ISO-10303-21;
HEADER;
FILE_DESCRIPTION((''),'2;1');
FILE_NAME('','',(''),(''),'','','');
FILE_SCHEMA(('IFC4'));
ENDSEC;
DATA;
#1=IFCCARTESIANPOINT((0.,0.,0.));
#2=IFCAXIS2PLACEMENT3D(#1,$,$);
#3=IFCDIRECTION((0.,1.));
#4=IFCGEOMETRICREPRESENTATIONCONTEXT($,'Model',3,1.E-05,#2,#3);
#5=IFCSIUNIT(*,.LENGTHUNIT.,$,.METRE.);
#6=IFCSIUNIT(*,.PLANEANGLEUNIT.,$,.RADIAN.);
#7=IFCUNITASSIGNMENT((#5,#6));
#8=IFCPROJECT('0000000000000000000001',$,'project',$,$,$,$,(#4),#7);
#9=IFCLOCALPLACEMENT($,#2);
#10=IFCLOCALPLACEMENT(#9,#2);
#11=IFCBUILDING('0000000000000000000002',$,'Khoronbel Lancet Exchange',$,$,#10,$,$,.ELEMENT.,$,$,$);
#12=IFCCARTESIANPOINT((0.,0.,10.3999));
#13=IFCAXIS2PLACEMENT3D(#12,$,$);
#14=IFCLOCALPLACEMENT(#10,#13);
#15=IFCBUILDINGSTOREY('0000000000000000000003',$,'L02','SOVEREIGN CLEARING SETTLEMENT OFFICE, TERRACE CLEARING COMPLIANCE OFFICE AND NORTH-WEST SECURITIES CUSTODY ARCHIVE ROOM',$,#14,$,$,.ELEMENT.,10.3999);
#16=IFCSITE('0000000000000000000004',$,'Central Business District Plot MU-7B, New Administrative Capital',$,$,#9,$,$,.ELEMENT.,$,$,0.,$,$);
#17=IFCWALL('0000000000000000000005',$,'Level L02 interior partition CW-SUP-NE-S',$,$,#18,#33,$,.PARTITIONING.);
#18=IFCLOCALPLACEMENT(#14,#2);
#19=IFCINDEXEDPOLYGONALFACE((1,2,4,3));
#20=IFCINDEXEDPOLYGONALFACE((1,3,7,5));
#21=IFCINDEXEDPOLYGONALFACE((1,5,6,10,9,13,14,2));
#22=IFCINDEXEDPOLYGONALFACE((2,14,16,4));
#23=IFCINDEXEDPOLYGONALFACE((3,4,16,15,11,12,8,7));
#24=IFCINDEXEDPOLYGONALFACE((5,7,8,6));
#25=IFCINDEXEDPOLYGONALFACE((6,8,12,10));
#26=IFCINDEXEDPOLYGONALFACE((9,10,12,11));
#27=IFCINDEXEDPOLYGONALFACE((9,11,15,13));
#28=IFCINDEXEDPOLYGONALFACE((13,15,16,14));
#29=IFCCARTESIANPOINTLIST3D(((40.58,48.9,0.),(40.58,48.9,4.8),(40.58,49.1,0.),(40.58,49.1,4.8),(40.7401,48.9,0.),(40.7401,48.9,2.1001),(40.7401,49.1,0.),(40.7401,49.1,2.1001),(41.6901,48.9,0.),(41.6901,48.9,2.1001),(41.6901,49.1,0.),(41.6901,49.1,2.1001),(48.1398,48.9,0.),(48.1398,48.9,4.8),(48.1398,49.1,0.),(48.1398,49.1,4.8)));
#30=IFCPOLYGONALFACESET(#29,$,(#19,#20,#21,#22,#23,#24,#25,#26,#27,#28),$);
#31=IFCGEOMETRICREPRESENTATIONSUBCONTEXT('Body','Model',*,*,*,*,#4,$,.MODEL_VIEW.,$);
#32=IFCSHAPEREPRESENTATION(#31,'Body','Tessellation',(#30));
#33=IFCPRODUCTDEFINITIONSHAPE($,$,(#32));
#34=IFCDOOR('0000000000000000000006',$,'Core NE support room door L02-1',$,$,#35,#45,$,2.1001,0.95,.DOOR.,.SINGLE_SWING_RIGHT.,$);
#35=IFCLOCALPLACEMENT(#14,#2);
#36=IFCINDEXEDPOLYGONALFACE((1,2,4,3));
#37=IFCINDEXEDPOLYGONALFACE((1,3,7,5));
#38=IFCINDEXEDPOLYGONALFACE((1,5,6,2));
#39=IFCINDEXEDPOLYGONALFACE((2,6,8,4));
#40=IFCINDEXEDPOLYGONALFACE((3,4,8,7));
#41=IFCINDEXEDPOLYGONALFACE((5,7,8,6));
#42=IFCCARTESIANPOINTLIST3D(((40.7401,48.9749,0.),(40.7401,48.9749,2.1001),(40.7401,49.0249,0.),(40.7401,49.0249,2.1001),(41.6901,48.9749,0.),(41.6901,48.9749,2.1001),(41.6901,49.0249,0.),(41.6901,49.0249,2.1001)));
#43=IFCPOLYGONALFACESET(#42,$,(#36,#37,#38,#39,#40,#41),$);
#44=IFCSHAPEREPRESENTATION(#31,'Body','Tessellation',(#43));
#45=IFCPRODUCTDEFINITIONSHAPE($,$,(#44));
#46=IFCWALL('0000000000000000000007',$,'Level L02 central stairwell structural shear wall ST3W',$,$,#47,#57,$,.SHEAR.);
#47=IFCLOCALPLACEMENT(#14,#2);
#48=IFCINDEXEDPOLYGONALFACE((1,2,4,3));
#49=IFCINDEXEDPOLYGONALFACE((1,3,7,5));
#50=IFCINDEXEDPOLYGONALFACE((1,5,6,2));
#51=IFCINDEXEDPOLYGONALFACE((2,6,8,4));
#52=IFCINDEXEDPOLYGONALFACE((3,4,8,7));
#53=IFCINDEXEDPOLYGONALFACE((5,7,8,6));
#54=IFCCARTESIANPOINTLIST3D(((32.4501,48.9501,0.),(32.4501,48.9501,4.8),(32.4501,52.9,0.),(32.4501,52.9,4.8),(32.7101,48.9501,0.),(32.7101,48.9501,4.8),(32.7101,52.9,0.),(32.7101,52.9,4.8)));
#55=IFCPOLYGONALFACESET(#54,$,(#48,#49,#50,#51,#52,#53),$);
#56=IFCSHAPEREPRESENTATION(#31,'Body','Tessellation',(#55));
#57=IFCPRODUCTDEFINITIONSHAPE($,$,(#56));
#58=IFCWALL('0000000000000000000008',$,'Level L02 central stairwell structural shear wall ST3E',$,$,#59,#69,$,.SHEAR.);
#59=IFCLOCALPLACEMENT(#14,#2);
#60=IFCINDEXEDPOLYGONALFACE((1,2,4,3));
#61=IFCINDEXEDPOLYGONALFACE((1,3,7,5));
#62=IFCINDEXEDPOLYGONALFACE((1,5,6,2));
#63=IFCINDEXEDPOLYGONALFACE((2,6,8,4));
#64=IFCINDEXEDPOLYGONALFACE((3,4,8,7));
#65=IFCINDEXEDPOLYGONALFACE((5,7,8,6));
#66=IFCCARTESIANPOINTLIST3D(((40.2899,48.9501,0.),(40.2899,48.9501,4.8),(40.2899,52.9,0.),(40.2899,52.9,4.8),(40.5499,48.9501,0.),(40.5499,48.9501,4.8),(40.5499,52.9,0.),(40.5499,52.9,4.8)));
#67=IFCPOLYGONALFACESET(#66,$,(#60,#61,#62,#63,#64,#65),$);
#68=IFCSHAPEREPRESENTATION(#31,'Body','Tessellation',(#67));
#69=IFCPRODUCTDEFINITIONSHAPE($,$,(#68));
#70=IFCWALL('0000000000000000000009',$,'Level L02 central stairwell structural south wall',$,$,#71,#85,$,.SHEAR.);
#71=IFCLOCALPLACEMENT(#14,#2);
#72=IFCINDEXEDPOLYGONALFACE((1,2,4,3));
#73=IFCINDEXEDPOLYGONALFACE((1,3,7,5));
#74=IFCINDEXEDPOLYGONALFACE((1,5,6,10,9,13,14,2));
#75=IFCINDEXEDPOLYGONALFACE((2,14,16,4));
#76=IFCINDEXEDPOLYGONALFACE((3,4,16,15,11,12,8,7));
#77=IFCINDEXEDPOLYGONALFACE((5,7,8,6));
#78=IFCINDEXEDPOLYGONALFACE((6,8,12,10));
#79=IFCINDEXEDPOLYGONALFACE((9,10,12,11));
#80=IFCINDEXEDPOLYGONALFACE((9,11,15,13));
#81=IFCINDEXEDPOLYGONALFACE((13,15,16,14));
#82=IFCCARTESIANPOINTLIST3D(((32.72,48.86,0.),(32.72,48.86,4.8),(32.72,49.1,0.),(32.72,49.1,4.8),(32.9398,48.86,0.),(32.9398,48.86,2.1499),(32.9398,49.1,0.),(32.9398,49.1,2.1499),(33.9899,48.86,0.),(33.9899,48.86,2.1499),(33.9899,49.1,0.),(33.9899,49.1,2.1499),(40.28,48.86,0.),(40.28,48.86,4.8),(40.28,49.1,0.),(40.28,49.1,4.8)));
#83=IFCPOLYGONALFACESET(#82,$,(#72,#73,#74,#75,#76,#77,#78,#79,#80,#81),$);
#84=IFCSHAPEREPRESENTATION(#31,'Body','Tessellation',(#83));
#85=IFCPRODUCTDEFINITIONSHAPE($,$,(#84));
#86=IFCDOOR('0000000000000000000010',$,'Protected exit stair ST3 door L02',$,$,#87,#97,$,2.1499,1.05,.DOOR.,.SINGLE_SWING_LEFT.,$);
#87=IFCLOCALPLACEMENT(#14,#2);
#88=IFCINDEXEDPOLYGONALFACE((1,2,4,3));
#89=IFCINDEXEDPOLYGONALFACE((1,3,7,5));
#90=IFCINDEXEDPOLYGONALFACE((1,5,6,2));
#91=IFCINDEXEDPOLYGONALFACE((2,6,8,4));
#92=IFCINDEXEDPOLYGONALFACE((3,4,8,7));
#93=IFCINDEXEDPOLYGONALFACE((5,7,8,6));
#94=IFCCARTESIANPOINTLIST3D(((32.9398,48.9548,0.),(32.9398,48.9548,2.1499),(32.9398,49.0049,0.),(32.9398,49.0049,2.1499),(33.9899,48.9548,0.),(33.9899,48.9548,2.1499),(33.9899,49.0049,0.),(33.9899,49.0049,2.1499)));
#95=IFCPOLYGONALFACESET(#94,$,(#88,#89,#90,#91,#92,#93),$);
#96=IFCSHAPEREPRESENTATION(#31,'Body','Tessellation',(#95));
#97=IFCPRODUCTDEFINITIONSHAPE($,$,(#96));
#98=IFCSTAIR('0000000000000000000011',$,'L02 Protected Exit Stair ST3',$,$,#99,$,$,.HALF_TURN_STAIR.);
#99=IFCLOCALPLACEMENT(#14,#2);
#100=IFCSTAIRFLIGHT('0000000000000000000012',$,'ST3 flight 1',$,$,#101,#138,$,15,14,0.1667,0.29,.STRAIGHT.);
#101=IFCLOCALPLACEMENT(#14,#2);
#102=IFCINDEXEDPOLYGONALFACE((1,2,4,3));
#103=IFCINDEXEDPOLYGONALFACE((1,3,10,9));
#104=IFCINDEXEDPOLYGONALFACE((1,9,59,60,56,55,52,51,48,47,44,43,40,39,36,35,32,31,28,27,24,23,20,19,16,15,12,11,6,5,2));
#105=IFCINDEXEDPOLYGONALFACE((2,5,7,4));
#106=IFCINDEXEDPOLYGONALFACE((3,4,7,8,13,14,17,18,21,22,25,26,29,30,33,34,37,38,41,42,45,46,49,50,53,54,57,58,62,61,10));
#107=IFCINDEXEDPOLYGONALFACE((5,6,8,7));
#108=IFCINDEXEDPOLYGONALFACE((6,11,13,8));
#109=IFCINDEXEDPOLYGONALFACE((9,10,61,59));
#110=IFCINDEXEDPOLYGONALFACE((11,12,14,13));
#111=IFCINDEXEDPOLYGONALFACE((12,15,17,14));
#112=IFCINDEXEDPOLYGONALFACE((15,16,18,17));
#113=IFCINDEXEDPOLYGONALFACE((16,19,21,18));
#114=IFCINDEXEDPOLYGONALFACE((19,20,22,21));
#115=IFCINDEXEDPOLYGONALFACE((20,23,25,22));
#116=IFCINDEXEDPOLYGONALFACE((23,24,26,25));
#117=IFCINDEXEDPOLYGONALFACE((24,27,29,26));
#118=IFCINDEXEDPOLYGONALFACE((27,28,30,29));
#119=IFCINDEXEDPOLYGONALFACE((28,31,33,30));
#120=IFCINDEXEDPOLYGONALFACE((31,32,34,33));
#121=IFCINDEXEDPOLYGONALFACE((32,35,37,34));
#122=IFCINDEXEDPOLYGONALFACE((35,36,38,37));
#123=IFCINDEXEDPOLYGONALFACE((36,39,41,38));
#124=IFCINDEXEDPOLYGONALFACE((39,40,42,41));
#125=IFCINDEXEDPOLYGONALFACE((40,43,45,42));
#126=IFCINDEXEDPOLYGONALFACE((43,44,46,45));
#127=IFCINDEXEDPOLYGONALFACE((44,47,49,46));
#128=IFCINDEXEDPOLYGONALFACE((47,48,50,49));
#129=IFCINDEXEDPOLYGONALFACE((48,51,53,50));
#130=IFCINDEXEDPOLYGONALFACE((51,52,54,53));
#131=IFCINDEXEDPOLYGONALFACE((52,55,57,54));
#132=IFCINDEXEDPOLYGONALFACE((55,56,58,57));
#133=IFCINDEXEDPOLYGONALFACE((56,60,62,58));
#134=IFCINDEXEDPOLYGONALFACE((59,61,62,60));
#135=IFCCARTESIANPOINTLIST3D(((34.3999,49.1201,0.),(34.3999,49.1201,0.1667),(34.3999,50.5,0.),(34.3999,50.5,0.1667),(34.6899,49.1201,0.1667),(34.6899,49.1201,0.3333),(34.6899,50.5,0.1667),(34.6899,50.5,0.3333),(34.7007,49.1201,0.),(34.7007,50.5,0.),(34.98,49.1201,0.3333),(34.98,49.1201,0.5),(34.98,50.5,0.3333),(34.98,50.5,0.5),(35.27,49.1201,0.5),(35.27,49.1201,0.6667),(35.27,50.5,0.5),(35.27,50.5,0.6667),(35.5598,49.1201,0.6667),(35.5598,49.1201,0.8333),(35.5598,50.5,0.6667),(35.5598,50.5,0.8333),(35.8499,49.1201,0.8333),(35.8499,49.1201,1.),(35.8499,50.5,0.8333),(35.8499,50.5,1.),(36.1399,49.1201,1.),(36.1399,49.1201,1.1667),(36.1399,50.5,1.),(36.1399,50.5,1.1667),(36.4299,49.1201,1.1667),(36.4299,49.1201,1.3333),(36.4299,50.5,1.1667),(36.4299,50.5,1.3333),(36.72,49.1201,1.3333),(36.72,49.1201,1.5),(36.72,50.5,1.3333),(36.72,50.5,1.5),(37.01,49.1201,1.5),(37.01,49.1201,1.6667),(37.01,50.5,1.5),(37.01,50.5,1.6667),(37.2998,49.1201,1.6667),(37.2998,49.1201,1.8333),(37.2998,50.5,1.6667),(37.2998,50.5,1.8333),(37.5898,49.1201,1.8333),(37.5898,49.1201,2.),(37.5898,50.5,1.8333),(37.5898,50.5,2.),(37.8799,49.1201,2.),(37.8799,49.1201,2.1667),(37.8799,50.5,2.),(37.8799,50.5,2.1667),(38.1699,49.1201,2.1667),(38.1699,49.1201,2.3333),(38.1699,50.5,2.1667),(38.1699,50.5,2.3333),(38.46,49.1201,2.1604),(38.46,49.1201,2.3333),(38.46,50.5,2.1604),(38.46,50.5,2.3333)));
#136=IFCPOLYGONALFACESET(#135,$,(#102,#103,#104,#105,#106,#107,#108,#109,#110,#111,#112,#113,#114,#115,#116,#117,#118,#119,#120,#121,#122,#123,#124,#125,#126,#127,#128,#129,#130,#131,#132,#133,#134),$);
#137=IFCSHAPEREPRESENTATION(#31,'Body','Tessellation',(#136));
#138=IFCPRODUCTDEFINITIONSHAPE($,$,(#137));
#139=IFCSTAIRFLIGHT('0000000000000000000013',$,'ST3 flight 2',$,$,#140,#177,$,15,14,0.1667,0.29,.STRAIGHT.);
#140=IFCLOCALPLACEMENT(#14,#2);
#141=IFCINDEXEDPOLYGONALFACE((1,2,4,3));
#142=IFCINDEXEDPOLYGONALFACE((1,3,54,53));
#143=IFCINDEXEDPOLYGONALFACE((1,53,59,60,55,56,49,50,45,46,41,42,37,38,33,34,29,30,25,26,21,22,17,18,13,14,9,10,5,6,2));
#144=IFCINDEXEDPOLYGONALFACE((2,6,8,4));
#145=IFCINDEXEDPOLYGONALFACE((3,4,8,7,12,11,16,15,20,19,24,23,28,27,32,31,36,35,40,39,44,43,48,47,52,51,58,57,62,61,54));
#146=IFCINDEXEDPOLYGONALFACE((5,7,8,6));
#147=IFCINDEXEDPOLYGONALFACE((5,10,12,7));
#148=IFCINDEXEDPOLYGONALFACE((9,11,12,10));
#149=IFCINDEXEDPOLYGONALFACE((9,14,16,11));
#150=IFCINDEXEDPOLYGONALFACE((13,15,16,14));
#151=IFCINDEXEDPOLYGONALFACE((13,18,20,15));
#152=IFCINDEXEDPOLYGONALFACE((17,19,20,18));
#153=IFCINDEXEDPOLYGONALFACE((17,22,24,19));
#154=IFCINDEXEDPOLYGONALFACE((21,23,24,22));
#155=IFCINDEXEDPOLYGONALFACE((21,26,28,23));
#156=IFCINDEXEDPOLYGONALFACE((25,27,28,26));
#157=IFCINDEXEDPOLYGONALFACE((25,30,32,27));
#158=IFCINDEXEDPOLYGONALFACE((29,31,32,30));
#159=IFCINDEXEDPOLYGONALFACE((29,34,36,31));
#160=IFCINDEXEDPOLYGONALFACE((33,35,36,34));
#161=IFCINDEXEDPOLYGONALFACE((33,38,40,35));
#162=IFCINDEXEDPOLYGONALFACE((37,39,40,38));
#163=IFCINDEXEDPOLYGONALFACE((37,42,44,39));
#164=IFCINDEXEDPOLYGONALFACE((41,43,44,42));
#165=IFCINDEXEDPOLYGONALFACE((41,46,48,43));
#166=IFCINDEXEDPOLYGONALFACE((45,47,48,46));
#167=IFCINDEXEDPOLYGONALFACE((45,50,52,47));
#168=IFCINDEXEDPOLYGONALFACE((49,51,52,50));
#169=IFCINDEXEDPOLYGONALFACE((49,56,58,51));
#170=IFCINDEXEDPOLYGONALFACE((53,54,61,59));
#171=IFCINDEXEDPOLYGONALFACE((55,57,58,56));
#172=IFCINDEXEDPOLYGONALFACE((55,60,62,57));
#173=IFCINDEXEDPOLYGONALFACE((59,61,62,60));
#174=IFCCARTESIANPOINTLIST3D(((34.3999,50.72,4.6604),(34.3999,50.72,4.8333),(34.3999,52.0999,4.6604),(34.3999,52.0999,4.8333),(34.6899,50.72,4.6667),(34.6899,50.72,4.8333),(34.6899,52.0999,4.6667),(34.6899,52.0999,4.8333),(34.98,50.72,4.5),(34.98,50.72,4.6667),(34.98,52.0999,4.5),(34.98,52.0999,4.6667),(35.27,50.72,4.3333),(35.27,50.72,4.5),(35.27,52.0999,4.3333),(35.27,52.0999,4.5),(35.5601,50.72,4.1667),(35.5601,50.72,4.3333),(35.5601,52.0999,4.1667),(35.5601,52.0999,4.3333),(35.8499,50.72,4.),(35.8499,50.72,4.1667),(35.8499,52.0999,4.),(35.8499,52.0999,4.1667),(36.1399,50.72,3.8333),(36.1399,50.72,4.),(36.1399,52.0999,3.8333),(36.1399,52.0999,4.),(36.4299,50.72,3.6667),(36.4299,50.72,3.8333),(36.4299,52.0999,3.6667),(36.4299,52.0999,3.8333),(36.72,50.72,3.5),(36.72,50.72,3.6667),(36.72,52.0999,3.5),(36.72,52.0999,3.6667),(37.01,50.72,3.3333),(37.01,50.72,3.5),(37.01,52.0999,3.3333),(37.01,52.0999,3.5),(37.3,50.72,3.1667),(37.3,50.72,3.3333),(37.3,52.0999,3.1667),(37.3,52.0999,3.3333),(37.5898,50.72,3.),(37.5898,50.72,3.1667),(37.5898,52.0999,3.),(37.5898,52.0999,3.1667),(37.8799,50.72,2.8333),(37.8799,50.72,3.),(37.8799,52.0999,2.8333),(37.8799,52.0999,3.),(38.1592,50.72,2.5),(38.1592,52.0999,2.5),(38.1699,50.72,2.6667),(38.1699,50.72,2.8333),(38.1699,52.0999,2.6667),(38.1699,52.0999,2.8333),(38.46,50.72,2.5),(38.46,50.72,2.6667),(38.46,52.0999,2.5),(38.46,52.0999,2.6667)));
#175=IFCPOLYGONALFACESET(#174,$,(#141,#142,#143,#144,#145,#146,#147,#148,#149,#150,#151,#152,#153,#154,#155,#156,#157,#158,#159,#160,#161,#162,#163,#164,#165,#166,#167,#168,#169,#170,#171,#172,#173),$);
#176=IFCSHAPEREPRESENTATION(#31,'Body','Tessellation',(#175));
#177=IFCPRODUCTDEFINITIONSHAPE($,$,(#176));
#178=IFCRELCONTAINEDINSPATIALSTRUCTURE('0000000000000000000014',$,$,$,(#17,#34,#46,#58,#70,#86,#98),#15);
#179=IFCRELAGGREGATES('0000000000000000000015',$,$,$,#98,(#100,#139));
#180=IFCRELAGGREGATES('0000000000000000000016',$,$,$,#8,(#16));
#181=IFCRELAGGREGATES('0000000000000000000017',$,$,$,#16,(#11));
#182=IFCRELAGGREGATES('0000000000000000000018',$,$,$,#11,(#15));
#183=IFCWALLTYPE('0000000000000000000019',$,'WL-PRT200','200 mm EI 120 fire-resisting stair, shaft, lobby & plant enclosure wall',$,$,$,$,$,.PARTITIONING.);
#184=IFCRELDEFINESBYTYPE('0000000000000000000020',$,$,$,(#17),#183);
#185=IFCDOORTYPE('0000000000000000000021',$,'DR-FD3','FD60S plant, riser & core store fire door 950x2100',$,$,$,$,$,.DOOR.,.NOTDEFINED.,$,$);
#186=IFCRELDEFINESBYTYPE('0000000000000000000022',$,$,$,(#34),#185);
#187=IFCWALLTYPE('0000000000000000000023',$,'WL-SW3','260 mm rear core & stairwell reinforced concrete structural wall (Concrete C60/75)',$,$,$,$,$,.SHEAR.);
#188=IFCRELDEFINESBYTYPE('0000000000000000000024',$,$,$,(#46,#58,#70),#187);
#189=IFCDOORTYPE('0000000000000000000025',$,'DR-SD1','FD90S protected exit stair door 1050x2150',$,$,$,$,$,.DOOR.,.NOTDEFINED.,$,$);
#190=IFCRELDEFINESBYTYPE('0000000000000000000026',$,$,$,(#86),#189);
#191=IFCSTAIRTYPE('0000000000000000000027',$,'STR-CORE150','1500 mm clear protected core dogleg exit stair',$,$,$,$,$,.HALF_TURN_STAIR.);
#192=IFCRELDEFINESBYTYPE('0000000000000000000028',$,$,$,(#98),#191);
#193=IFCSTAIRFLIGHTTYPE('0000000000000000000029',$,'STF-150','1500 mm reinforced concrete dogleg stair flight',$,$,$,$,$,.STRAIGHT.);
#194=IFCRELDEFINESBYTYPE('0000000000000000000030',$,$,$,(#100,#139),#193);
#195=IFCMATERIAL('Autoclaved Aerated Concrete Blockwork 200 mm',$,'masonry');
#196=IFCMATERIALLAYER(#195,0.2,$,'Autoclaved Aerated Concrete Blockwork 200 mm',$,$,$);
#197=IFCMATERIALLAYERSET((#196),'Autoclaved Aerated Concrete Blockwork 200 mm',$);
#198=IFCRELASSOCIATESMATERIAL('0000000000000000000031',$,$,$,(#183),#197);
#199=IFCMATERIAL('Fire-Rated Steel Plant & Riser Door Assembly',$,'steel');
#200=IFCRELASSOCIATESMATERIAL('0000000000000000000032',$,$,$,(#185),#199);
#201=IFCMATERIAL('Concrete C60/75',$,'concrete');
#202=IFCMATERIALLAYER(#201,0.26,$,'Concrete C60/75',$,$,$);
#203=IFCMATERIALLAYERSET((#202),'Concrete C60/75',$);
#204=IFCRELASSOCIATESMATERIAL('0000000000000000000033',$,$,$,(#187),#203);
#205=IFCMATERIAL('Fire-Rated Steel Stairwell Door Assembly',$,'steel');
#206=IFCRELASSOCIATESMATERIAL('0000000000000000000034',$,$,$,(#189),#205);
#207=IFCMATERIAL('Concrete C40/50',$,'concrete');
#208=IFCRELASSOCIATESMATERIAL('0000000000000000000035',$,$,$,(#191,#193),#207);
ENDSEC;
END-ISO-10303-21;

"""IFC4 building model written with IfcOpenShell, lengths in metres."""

from ifc_helpers import new_model, si_unit, direction, frame, frame_2d, origin, place, context, subcontext, project, spatial, polyline, rectangle, outline, extrude, material, layer, layer_set, type_object, element, fill, aggregate, save


model = new_model("IFC4")

# Units and contexts
model_context = context("Model", 3, precision=1e-05, world=origin(), true_north=direction((0.0, 1.0)))
body_context = subcontext(model_context, "Body", "Model", "MODEL_VIEW")
ifc_project = project(units=[si_unit("LENGTHUNIT", "METRE"), si_unit("PLANEANGLEUNIT", "RADIAN")], contexts=[model_context])

# Site, building, storey
site_placement = place(None, origin())
site = spatial("IfcSite", under=ifc_project, at=site_placement, Name="Central Business District Plot MU-7B, New Administrative Capital", CompositionType="ELEMENT", RefElevation=0.0)
building_placement = place(site_placement, origin())
building = spatial("IfcBuilding", under=site, at=building_placement, Name="Khoronbel Lancet Exchange", CompositionType="ELEMENT")
storey_placement = place(building_placement, frame((0.0, 0.0, 10.3999)))
storey = spatial("IfcBuildingStorey", under=building, at=storey_placement, Name="L02", Description="SOVEREIGN CLEARING SETTLEMENT OFFICE, TERRACE CLEARING COMPLIANCE OFFICE AND NORTH-WEST SECURITIES CUSTODY ARCHIVE ROOM", CompositionType="ELEMENT", Elevation=10.3999)

# Shared definitions
ifc_material_1 = material(Name="Autoclaved Aerated Concrete Blockwork 200 mm", Category="masonry")
ifc_layer_1 = layer(ifc_material_1, 0.2, Name="Autoclaved Aerated Concrete Blockwork 200 mm")
ifc_layer_set_1 = layer_set([ifc_layer_1], Name="Autoclaved Aerated Concrete Blockwork 200 mm")
wall_type_1 = type_object("IfcWallType", Name="WL-PRT200", Description="200 mm EI 120 fire-resisting stair, shaft, lobby & plant enclosure wall", PredefinedType="PARTITIONING", material=ifc_layer_set_1)

# Wall, opening, door
wall_1_placement = place(storey_placement, frame((40.5801, 49.0, 0.0), z_axis=(0.0, 0.0, 1.0), x_axis=(1.0, 0.0, 0.0)))
wall_1 = element("IfcWall", 1, at=wall_1_placement, inside=storey, type_object=wall_type_1, Name="Level L02 interior partition CW-SUP-NE-S", PredefinedType="PARTITIONING", context=body_context, shape_type="SweptSolid", body=[
    extrude(rectangle(XDim=7.5598, YDim=0.2, at=frame_2d((3.7798, 0.0))), origin(), (0.0, 0.0, 1.0), 4.8),
])
opening_1_placement = place(wall_1_placement, frame((0.1599, 0.0, 0.0)))
opening_1 = element("IfcOpeningElement", 2, at=opening_1_placement, cuts=wall_1, PredefinedType="OPENING", context=body_context, shape_type="SweptSolid", body=[
    extrude(rectangle(XDim=0.95, YDim=2.1001, at=frame_2d((0.4751, 1.05))), frame((0.0, 0.1099, 0.0), z_axis=(0.0, -1.0, 0.0), x_axis=(1.0, 0.0, 0.0)), (0.0, 0.0, 1.0), 0.22),
])
ifc_material_2 = material(Name="Fire-Rated Steel Plant & Riser Door Assembly", Category="steel")
door_type_1 = type_object("IfcDoorType", Name="DR-FD3", Description="FD60S plant, riser & core store fire door 950x2100", OperationType="NOTDEFINED", PredefinedType="DOOR", material=ifc_material_2)
door_1_placement = place(opening_1_placement, origin())
door_1 = element("IfcDoor", 3, at=door_1_placement, inside=storey, type_object=door_type_1, Name="Core NE support room door L02-1", OperationType="SINGLE_SWING_RIGHT", OverallHeight=2.1001, OverallWidth=0.95, PredefinedType="DOOR", context=body_context, shape_type="SweptSolid", body=[
    extrude(rectangle(XDim=0.95, YDim=2.1001, at=frame_2d((0.4751, 1.05))), frame((0.0, 0.0249, 0.0), z_axis=(0.0, -1.0, 0.0), x_axis=(1.0, 0.0, 0.0)), (0.0, 0.0, 1.0), 0.05),
])
fill(opening_1, door_1)

# Walls
ifc_material_3 = material(Name="Concrete C60/75", Category="concrete")
ifc_layer_2 = layer(ifc_material_3, 0.26, Name="Concrete C60/75")
ifc_layer_set_2 = layer_set([ifc_layer_2], Name="Concrete C60/75")
wall_type_2 = type_object("IfcWallType", Name="WL-SW3", Description="260 mm rear core & stairwell reinforced concrete structural wall (Concrete C60/75)", PredefinedType="SHEAR", material=ifc_layer_set_2)
for number, where, z_axis, x_axis, name in (
    (4, (32.5801, 48.95, 0.0), (0.0, 0.0, 1.0), (0.0, 1.0, 0.0), "Level L02 central stairwell structural shear wall ST3W"),
    (5, (40.4199, 48.95, 0.0), (0.0, 0.0, 1.0), (0.0, 1.0, 0.0), "Level L02 central stairwell structural shear wall ST3E"),
):
    element("IfcWall", number, at=place(storey_placement, frame(where, z_axis=z_axis, x_axis=x_axis)), inside=storey, type_object=wall_type_2, Name=name, PredefinedType="SHEAR", context=body_context, shape_type="SweptSolid", body=[
        extrude(rectangle(XDim=3.95, YDim=0.26, at=frame_2d((1.9751, 0.0))), origin(), (0.0, 0.0, 1.0), 4.8),
    ])

# Wall, opening, door
wall_2_placement = place(storey_placement, frame((32.72, 48.98, 0.0), z_axis=(0.0, 0.0, 1.0), x_axis=(1.0, 0.0, 0.0)))
wall_2 = element("IfcWall", 6, at=wall_2_placement, inside=storey, type_object=wall_type_2, Name="Level L02 central stairwell structural south wall", PredefinedType="SHEAR", context=body_context, shape_type="SweptSolid", body=[
    extrude(rectangle(XDim=7.5601, YDim=0.24, at=frame_2d((3.78, 0.0))), origin(), (0.0, 0.0, 1.0), 4.8),
])
opening_2_placement = place(wall_2_placement, frame((0.22, 0.0, 0.0)))
opening_2 = element("IfcOpeningElement", 7, at=opening_2_placement, cuts=wall_2, PredefinedType="OPENING", context=body_context, shape_type="SweptSolid", body=[
    extrude(rectangle(XDim=1.05, YDim=2.1499, at=frame_2d((0.5249, 1.075))), frame((0.0, 0.1299, 0.0), z_axis=(0.0, -1.0, 0.0), x_axis=(1.0, 0.0, 0.0)), (0.0, 0.0, 1.0), 0.26),
])
ifc_material_4 = material(Name="Fire-Rated Steel Stairwell Door Assembly", Category="steel")
door_type_2 = type_object("IfcDoorType", Name="DR-SD1", Description="FD90S protected exit stair door 1050x2150", OperationType="NOTDEFINED", PredefinedType="DOOR", material=ifc_material_4)
door_2_placement = place(opening_2_placement, origin())
door_2 = element("IfcDoor", 8, at=door_2_placement, inside=storey, type_object=door_type_2, Name="Protected exit stair ST3 door L02", OperationType="SINGLE_SWING_LEFT", OverallHeight=2.1499, OverallWidth=1.05, PredefinedType="DOOR", context=body_context, shape_type="SweptSolid", body=[
    extrude(rectangle(XDim=1.05, YDim=2.1499, at=frame_2d((0.5249, 1.075))), frame((0.0, 0.0249, 0.0), z_axis=(0.0, -1.0, 0.0), x_axis=(1.0, 0.0, 0.0)), (0.0, 0.0, 1.0), 0.05),
])
fill(opening_2, door_2)

# Stair, stair flights
ifc_material_5 = material(Name="Concrete C40/50", Category="concrete")
stair_type = type_object("IfcStairType", Name="STR-CORE150", Description="1500 mm clear protected core dogleg exit stair", PredefinedType="HALF_TURN_STAIR", material=ifc_material_5)
stair_placement = place(storey_placement, origin())
stair = element("IfcStair", 9, at=stair_placement, inside=storey, type_object=stair_type, Name="L02 Protected Exit Stair ST3", PredefinedType="HALF_TURN_STAIR")
stair_flight_type = type_object("IfcStairFlightType", Name="STF-150", Description="1500 mm reinforced concrete dogleg stair flight", PredefinedType="STRAIGHT", material=ifc_material_5)
stair_flight_1_placement = place(storey_placement, frame((34.3999, 49.8101, 0.0), z_axis=(0.0, 0.0, 1.0), x_axis=(1.0, 0.0, 0.0)))
stair_flight_1 = element("IfcStairFlight", 10, at=stair_flight_1_placement, type_object=stair_flight_type, Name="ST3 flight 1", NumberOfRisers=15, NumberOfTreads=14, PredefinedType="STRAIGHT", RiserHeight=0.1667, TreadLength=0.29, context=body_context, shape_type="SweptSolid", body=[
    extrude(outline(polyline([(0.0, 0.0), (0.0, 0.1667), (0.29, 0.1667), (0.29, 0.3333), (0.5801, 0.3333), (0.5801, 0.5), (0.8701, 0.5), (0.8701, 0.6667), (1.1599, 0.6667), (1.1599, 0.8333), (1.45, 0.8333), (1.45, 1.0), (1.74, 1.0), (1.74, 1.1667), (2.03, 1.1667), (2.03, 1.3333), (2.3201, 1.3333), (2.3201, 1.5), (2.6101, 1.5), (2.6101, 1.6667), (2.8999, 1.6667), (2.8999, 1.8333), (3.1899, 1.8333), (3.1899, 2.0), (3.48, 2.0), (3.48, 2.1667), (3.77, 2.1667), (3.77, 2.3333), (4.0601, 2.3333), (4.0601, 2.5), (4.0601, 2.1604), (0.3008, 0.0), (0.0, 0.0)])), frame((0.0, 0.6899, 0.0), z_axis=(0.0, -1.0, 0.0), x_axis=(1.0, 0.0, 0.0)), (0.0, 0.0, 1.0), 1.3799),
])
stair_flight_2_placement = place(storey_placement, frame((38.46, 51.4099, 2.5), z_axis=(0.0, 0.0, 1.0), x_axis=(-1.0, 0.0, 0.0)))
stair_flight_2 = element("IfcStairFlight", 11, at=stair_flight_2_placement, type_object=stair_flight_type, Name="ST3 flight 2", NumberOfRisers=15, NumberOfTreads=14, PredefinedType="STRAIGHT", RiserHeight=0.1667, TreadLength=0.29, context=body_context, shape_type="SweptSolid", body=[
    extrude(outline(polyline([(0.0, 0.0), (0.0, 0.1667), (0.29, 0.1667), (0.29, 0.3333), (0.5801, 0.3333), (0.5801, 0.5), (0.8701, 0.5), (0.8701, 0.6667), (1.1599, 0.6667), (1.1599, 0.8333), (1.45, 0.8333), (1.45, 1.0), (1.74, 1.0), (1.74, 1.1667), (2.03, 1.1667), (2.03, 1.3333), (2.3201, 1.3333), (2.3201, 1.5), (2.6101, 1.5), (2.6101, 1.6667), (2.8999, 1.6667), (2.8999, 1.8333), (3.1899, 1.8333), (3.1899, 2.0), (3.48, 2.0), (3.48, 2.1667), (3.77, 2.1667), (3.77, 2.3333), (4.0601, 2.3333), (4.0601, 2.5), (4.0601, 2.1604), (0.3008, 0.0), (0.0, 0.0)])), frame((0.0, 0.6899, 0.0), z_axis=(0.0, -1.0, 0.0), x_axis=(1.0, 0.0, 0.0)), (0.0, 0.0, 1.0), 1.3799),
])
aggregate(stair, [stair_flight_1, stair_flight_2])

save(model, "model.ifc")
